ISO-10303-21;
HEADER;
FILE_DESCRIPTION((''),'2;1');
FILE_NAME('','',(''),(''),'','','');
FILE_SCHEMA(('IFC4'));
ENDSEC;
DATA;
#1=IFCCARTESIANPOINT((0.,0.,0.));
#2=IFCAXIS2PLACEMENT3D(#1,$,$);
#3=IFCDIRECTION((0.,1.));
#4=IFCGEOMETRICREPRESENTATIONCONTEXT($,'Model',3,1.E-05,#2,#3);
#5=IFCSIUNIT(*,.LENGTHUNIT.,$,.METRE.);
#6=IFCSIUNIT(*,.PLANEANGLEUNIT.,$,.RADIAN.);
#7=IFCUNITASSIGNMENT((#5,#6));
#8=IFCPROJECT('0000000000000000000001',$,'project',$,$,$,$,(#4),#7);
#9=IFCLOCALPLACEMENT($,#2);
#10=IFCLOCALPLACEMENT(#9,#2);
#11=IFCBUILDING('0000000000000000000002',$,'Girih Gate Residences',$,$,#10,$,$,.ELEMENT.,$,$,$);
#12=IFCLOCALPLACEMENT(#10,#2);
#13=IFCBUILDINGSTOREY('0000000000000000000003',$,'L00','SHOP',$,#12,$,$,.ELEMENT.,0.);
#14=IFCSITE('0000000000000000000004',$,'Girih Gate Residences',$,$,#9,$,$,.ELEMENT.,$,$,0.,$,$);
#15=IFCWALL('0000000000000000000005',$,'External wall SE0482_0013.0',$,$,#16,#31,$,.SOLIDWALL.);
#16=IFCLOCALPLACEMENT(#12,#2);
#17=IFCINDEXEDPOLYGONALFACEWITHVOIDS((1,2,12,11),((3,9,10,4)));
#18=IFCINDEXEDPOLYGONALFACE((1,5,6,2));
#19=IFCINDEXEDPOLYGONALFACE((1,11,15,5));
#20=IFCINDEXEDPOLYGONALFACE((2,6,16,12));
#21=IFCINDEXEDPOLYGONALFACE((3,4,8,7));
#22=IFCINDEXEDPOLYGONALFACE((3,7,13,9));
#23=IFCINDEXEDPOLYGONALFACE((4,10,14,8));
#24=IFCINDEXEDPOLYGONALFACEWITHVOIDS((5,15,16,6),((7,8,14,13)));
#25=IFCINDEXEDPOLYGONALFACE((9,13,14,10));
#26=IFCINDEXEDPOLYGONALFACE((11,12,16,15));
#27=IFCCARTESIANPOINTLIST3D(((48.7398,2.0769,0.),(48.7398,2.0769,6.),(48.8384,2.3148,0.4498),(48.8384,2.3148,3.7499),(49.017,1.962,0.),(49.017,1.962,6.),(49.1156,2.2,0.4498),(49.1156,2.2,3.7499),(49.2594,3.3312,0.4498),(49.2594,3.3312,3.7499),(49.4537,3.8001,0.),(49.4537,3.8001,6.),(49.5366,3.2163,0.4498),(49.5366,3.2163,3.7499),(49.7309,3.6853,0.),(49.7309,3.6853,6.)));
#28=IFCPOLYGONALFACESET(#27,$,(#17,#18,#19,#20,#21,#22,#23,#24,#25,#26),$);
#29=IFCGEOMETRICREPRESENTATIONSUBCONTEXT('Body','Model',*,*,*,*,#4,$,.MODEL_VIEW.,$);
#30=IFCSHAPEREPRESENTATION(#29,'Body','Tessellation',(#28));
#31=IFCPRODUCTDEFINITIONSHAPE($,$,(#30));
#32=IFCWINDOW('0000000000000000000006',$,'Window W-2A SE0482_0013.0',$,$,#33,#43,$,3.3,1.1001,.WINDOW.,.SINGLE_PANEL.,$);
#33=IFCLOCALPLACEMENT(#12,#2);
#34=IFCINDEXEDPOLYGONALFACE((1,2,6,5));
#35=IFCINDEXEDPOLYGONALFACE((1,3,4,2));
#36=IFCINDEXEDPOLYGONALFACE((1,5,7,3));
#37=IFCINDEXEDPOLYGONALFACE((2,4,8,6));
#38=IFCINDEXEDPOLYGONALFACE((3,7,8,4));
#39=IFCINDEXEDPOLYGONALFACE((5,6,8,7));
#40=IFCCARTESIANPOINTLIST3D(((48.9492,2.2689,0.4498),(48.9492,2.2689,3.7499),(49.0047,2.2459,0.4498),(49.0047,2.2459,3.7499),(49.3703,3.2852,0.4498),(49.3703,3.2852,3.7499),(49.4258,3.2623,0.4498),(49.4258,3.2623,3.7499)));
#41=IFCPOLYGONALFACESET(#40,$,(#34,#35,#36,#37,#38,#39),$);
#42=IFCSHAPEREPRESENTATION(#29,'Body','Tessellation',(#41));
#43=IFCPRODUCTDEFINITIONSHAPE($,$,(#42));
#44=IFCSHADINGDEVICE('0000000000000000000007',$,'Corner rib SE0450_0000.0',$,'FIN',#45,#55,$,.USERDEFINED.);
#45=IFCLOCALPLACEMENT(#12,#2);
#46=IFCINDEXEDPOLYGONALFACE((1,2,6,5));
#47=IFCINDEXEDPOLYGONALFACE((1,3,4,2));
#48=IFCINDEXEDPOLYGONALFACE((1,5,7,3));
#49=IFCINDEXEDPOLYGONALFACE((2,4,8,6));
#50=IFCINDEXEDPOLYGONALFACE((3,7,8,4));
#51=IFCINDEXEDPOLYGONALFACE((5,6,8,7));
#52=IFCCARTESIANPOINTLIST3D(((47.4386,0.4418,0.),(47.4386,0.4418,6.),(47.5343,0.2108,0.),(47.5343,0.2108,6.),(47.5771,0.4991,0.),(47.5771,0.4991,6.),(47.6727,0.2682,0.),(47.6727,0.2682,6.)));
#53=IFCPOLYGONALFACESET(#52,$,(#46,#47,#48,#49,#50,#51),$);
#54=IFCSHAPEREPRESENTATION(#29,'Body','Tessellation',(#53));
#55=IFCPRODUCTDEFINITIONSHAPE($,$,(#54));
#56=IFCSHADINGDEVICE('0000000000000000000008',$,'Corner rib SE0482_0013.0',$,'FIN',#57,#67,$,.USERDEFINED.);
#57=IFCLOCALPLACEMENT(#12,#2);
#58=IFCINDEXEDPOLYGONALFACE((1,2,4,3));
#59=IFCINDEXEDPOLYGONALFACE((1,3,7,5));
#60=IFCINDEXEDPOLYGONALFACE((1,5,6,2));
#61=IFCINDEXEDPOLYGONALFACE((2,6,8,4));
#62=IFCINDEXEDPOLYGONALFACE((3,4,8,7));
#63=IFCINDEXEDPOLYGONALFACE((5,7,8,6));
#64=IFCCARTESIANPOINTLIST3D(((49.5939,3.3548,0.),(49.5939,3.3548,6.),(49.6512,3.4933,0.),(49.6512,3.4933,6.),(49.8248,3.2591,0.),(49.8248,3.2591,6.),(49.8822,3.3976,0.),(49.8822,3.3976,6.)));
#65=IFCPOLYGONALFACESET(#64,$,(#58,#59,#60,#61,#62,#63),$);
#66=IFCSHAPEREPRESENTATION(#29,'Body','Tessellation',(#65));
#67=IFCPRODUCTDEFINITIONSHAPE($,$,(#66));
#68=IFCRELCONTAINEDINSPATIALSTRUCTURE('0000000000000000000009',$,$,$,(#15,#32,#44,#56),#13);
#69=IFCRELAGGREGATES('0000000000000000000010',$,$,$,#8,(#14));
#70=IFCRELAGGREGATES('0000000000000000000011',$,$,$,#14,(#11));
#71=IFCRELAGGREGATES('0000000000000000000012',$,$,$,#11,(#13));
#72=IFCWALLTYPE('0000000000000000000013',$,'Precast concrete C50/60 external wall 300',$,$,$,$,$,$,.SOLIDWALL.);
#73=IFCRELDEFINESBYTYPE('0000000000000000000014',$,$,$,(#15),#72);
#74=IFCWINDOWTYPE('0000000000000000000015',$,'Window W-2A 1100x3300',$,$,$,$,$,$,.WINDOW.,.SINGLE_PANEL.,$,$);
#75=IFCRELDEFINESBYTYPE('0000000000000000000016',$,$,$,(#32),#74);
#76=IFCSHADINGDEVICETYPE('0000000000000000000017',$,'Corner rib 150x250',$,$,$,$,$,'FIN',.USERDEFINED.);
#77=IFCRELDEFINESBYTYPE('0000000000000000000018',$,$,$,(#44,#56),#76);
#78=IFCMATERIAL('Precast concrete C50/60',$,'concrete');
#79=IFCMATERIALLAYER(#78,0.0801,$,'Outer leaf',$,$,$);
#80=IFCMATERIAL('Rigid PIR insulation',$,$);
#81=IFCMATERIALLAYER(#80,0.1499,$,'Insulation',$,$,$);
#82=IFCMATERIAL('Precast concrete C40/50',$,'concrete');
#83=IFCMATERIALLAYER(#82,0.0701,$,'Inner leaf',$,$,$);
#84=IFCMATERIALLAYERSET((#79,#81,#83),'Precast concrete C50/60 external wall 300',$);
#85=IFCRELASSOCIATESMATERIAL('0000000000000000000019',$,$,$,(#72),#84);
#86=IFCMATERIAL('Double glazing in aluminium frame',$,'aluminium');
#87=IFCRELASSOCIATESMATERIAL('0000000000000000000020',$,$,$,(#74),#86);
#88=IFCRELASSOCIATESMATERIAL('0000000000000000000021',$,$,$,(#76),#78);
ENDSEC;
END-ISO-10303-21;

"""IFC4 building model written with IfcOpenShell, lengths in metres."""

from ifc_helpers import new_model, si_unit, direction, frame, frame_2d, origin, origin_2d, place, context, subcontext, project, spatial, rectangle, extrude, material, layer, layer_set, type_object, element, fill, save


model = new_model("IFC4")

# Units and contexts
model_context = context("Model", 3, precision=1e-05, world=origin(), true_north=direction((0.0, 1.0)))
body_context = subcontext(model_context, "Body", "Model", "MODEL_VIEW")
ifc_project = project(units=[si_unit("LENGTHUNIT", "METRE"), si_unit("PLANEANGLEUNIT", "RADIAN")], contexts=[model_context])

# Site, building, storey
site_placement = place(None, origin())
site = spatial("IfcSite", under=ifc_project, at=site_placement, Name="Girih Gate Residences", CompositionType="ELEMENT", RefElevation=0.0)
building_placement = place(site_placement, origin())
building = spatial("IfcBuilding", under=site, at=building_placement, Name="Girih Gate Residences", CompositionType="ELEMENT")
storey_placement = place(building_placement, origin())
storey = spatial("IfcBuildingStorey", under=building, at=storey_placement, Name="L00", Description="SHOP", CompositionType="ELEMENT", Elevation=0.0)

# Wall, opening, window
ifc_material_1 = material(Name="Precast concrete C50/60", Category="concrete")
ifc_layer_1 = layer(ifc_material_1, 0.0801, Name="Outer leaf")
ifc_material_2 = material(Name="Rigid PIR insulation")
ifc_layer_2 = layer(ifc_material_2, 0.1499, Name="Insulation")
ifc_material_3 = material(Name="Precast concrete C40/50", Category="concrete")
ifc_layer_3 = layer(ifc_material_3, 0.0701, Name="Inner leaf")
ifc_layer_set_1 = layer_set([ifc_layer_1, ifc_layer_2, ifc_layer_3], Name="Precast concrete C50/60 external wall 300")
wall_type_1 = type_object("IfcWallType", Name="Precast concrete C50/60 external wall 300", PredefinedType="SOLIDWALL", material=ifc_layer_set_1)
ifc_material_4 = material(Name="Double glazing in aluminium frame", Category="aluminium")
window_type = type_object("IfcWindowType", Name="Window W-2A 1100x3300", PartitioningType="SINGLE_PANEL", PredefinedType="WINDOW", material=ifc_material_4)
wall_1_placement = place(storey_placement, frame((49.5923, 3.7427, 0.0), z_axis=(0.0, 0.0, 1.0), x_axis=(-0.382737, -0.923857, 0.0)))
wall_1 = element("IfcWall", 1, at=wall_1_placement, inside=storey, type_object=wall_type_1, Name="External wall SE0482_0013.0", PredefinedType="SOLIDWALL", context=body_context, shape_type="SweptSolid", body=[
    extrude(rectangle(XDim=1.8652, YDim=0.3, at=frame_2d((0.9326, 0.0))), origin(), (0.0, 0.0, 1.0), 6.0),
])
opening_1_placement = place(wall_1_placement, frame((0.5076, 0.0, 0.45)))
opening_1 = element("IfcOpeningElement", 2, at=opening_1_placement, cuts=wall_1, PredefinedType="OPENING", context=body_context, shape_type="SweptSolid", body=[
    extrude(rectangle(XDim=1.1001, YDim=3.3, at=frame_2d((0.55, 1.6499))), frame((0.0, 0.1599, 0.0), z_axis=(0.0, -1.0, 0.0), x_axis=(1.0, 0.0, 0.0)), (0.0, 0.0, 1.0), 0.3201),
])
window_1_placement = place(opening_1_placement, origin())
window_1 = element("IfcWindow", 3, at=window_1_placement, inside=storey, type_object=window_type, Name="Window W-2A SE0482_0013.0", OverallHeight=3.3, OverallWidth=1.1001, PartitioningType="SINGLE_PANEL", PredefinedType="WINDOW", context=body_context, shape_type="SweptSolid", body=[
    extrude(rectangle(XDim=1.1001, YDim=3.3, at=frame_2d((0.55, 1.6499))), frame((0.0, 0.03, 0.0), z_axis=(0.0, -1.0, 0.0), x_axis=(1.0, 0.0, 0.0)), (0.0, 0.0, 1.0), 0.0601),
])
fill(opening_1, window_1)

# Shading devices
shading_device_type = type_object("IfcShadingDeviceType", Name="Corner rib 150x250", ElementType="FIN", PredefinedType="USERDEFINED", material=ifc_material_1)
for number, where, z_axis, x_axis, name in (
    (4, (47.5557, 0.355, 0.0), (0.0, 0.0, 1.0), (0.92388, 0.382683, 0.0), "Corner rib SE0450_0000.0"),
    (5, (49.738, 3.3762, 0.0), (0.0, 0.0, 1.0), (0.382683, 0.92388, 0.0), "Corner rib SE0482_0013.0"),
):
    element("IfcShadingDevice", number, at=place(storey_placement, frame(where, z_axis=z_axis, x_axis=x_axis)), inside=storey, type_object=shading_device_type, Name=name, ObjectType="FIN", PredefinedType="USERDEFINED", context=body_context, shape_type="SweptSolid", body=[
        extrude(rectangle(XDim=0.1499, YDim=0.25, at=origin_2d()), origin(), (0.0, 0.0, 1.0), 6.0),
    ])

save(model, "model.ifc")
